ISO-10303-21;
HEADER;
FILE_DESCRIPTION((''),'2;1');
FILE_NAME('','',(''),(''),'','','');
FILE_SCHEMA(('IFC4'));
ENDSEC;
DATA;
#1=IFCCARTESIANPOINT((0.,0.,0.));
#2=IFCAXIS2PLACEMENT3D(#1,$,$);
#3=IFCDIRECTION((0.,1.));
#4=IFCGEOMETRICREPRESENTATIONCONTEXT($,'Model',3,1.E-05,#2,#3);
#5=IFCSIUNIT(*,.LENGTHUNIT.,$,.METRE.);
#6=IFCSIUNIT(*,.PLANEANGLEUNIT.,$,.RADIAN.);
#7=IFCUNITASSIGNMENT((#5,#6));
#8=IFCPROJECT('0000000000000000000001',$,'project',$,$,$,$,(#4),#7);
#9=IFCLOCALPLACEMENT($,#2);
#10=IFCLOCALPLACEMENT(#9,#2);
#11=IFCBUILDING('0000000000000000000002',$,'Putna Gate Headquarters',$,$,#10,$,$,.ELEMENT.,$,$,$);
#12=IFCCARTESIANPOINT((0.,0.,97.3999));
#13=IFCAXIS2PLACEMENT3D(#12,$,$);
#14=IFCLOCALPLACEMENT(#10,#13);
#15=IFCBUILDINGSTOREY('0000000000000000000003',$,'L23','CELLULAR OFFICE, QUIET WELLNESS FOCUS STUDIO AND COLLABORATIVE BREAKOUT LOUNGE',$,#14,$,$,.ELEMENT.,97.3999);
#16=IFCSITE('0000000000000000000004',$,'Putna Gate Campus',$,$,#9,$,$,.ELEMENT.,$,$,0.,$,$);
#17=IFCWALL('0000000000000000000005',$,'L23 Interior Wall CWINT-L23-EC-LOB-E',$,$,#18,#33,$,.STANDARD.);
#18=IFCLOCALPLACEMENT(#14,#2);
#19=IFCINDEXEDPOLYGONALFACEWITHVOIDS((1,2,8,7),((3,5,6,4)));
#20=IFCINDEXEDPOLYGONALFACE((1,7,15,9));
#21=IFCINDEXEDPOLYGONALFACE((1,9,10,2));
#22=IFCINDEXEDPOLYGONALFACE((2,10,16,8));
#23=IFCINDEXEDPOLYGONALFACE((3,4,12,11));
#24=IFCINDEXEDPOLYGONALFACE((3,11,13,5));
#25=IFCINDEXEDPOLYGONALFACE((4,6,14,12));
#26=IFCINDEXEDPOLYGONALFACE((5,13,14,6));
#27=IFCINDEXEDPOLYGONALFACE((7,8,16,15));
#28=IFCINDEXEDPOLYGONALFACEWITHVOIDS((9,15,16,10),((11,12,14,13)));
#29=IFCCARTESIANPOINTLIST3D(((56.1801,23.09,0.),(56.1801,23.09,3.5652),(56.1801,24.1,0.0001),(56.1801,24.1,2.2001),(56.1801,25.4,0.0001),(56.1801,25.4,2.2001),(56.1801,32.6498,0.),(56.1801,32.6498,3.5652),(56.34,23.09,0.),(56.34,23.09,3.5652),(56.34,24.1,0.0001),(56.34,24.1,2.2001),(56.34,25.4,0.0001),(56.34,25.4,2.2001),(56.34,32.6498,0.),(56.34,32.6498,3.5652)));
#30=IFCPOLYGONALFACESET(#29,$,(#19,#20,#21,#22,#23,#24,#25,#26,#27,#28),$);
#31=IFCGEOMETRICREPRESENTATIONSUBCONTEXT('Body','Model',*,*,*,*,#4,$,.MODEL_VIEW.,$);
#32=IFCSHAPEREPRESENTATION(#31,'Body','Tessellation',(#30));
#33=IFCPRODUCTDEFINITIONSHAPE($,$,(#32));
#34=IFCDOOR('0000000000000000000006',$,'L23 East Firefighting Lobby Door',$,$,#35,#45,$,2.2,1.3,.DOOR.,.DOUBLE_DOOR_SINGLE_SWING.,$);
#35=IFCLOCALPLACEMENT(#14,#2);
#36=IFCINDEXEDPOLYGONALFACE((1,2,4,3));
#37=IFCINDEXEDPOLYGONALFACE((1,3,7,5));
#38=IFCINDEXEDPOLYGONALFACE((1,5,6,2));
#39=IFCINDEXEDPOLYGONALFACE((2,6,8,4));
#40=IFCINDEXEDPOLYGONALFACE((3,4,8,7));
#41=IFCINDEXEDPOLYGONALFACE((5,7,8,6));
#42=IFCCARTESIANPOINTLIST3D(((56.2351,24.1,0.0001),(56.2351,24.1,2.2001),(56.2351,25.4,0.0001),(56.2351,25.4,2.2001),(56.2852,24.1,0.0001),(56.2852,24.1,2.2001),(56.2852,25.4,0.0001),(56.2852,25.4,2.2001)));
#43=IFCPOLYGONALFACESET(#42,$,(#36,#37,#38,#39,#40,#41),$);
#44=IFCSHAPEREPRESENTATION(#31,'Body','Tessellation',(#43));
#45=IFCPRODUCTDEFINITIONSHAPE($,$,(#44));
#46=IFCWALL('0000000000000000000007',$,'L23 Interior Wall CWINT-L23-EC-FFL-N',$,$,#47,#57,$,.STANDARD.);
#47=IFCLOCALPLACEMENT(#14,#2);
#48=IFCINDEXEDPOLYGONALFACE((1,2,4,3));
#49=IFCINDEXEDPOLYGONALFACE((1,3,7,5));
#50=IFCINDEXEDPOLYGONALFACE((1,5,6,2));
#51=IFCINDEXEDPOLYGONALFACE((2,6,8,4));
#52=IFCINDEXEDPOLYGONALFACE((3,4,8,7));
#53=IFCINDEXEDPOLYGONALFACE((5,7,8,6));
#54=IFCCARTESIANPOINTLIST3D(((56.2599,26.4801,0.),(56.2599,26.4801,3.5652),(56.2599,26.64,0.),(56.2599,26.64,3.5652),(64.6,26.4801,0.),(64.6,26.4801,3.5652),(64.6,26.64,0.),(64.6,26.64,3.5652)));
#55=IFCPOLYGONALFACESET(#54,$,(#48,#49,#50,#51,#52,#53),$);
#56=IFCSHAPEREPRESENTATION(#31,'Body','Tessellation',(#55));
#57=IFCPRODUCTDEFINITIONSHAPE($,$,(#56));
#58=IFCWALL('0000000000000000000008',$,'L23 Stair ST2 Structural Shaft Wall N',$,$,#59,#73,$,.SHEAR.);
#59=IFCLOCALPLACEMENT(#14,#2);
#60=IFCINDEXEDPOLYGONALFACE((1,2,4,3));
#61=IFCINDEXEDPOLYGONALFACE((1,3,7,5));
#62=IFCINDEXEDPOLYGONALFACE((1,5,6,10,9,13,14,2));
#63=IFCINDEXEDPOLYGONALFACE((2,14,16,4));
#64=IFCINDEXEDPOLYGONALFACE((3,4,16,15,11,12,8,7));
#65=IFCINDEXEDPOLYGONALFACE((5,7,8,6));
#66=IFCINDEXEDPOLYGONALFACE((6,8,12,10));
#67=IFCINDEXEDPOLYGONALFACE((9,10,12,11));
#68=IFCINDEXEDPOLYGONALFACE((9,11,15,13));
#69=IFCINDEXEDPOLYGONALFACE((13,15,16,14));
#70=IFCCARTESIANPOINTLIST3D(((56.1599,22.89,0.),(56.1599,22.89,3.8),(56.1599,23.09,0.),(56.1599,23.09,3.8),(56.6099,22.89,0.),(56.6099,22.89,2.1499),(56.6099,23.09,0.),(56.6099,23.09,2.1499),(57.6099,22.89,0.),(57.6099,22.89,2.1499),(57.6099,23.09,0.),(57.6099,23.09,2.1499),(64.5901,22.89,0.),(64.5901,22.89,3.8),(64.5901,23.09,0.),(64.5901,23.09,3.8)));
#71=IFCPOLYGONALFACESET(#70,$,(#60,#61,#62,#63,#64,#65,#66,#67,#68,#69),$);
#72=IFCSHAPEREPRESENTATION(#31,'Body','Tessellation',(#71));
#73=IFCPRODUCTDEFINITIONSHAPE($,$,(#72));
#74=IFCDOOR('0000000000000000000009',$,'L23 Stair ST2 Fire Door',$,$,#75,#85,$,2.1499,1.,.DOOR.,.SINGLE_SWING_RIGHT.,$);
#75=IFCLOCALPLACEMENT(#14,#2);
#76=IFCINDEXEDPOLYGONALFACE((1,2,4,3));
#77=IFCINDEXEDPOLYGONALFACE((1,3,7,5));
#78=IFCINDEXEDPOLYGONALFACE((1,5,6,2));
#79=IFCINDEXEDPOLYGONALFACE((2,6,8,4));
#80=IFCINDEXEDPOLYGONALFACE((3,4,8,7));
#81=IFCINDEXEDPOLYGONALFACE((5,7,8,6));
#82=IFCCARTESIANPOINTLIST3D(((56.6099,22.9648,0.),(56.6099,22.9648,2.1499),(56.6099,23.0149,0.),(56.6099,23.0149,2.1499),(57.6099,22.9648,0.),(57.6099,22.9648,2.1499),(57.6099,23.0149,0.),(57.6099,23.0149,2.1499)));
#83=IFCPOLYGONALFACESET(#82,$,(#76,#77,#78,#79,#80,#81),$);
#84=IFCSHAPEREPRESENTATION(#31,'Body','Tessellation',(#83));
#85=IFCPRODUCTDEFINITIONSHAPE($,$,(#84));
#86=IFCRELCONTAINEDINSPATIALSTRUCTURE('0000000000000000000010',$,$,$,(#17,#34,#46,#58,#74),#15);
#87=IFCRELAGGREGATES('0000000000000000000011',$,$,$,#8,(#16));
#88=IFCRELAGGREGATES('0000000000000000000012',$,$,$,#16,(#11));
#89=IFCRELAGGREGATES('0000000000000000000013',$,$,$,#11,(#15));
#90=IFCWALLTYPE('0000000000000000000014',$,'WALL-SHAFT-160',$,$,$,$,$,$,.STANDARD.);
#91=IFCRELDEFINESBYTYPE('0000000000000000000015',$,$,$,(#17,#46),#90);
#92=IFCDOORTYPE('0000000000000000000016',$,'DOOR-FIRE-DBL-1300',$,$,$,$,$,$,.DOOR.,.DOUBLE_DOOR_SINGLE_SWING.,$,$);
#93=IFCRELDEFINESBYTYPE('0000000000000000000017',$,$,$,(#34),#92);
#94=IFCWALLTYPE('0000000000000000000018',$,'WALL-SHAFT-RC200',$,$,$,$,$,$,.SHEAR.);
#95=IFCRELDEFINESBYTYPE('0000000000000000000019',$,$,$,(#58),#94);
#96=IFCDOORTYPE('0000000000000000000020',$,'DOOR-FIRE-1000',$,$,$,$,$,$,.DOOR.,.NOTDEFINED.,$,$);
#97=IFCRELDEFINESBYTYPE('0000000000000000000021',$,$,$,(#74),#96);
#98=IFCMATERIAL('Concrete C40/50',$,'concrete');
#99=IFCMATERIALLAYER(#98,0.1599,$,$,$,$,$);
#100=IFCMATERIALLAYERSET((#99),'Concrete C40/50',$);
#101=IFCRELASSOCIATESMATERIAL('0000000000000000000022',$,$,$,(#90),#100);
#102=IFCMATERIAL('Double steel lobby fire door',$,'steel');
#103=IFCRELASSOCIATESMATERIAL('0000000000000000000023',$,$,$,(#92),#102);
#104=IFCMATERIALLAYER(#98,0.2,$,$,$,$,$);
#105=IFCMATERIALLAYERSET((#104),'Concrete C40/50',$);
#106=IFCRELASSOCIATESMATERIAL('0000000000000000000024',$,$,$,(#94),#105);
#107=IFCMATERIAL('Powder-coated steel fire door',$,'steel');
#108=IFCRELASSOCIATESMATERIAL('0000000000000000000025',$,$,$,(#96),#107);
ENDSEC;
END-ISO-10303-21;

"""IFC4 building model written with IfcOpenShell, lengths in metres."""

from ifc_helpers import new_model, si_unit, direction, frame, frame_2d, origin, place, context, subcontext, project, spatial, rectangle, extrude, material, layer, layer_set, type_object, element, fill, save


model = new_model("IFC4")

# Units and contexts
model_context = context("Model", 3, precision=1e-05, world=origin(), true_north=direction((0.0, 1.0)))
body_context = subcontext(model_context, "Body", "Model", "MODEL_VIEW")
ifc_project = project(units=[si_unit("LENGTHUNIT", "METRE"), si_unit("PLANEANGLEUNIT", "RADIAN")], contexts=[model_context])

# Site, building, storey
site_placement = place(None, origin())
site = spatial("IfcSite", under=ifc_project, at=site_placement, Name="Putna Gate Campus", CompositionType="ELEMENT", RefElevation=0.0)
building_placement = place(site_placement, origin())
building = spatial("IfcBuilding", under=site, at=building_placement, Name="Putna Gate Headquarters", CompositionType="ELEMENT")
storey_placement = place(building_placement, frame((0.0, 0.0, 97.3999)))
storey = spatial("IfcBuildingStorey", under=building, at=storey_placement, Name="L23", Description="CELLULAR OFFICE, QUIET WELLNESS FOCUS STUDIO AND COLLABORATIVE BREAKOUT LOUNGE", CompositionType="ELEMENT", Elevation=97.3999)

# Wall, opening, door
ifc_material_1 = material(Name="Concrete C40/50", Category="concrete")
ifc_layer_1 = layer(ifc_material_1, 0.1599)
ifc_layer_set_1 = layer_set([ifc_layer_1], Name="Concrete C40/50")
wall_type_1 = type_object("IfcWallType", Name="WALL-SHAFT-160", PredefinedType="STANDARD", material=ifc_layer_set_1)
wall_1_placement = place(storey_placement, frame((56.26, 23.0901, 0.0), z_axis=(0.0, 0.0, 1.0), x_axis=(0.0, 1.0, 0.0)))
wall_1 = element("IfcWall", 1, at=wall_1_placement, inside=storey, type_object=wall_type_1, Name="L23 Interior Wall CWINT-L23-EC-LOB-E", PredefinedType="STANDARD", context=body_context, shape_type="SweptSolid", body=[
    extrude(rectangle(XDim=9.5598, YDim=0.1599, at=frame_2d((4.7798, 0.0))), origin(), (0.0, 0.0, 1.0), 3.5652),
])
opening_1_placement = place(wall_1_placement, frame((1.01, 0.0, 0.0)))
opening_1 = element("IfcOpeningElement", 2, at=opening_1_placement, cuts=wall_1, PredefinedType="OPENING", context=body_context, shape_type="SweptSolid", body=[
    extrude(rectangle(XDim=1.3, YDim=2.2, at=frame_2d((0.6499, 1.1001))), frame((0.0, 0.0898, 0.0), z_axis=(0.0, -1.0, 0.0), x_axis=(1.0, 0.0, 0.0)), (0.0, 0.0, 1.0), 0.1799),
])
ifc_material_2 = material(Name="Double steel lobby fire door", Category="steel")
door_type_1 = type_object("IfcDoorType", Name="DOOR-FIRE-DBL-1300", OperationType="DOUBLE_DOOR_SINGLE_SWING", PredefinedType="DOOR", material=ifc_material_2)
door_1_placement = place(opening_1_placement, origin())
door_1 = element("IfcDoor", 3, at=door_1_placement, inside=storey, type_object=door_type_1, Name="L23 East Firefighting Lobby Door", OperationType="DOUBLE_DOOR_SINGLE_SWING", OverallHeight=2.2, OverallWidth=1.3, PredefinedType="DOOR", context=body_context, shape_type="SweptSolid", body=[
    extrude(rectangle(XDim=1.3, YDim=2.2, at=frame_2d((0.6499, 1.1001))), frame((0.0, 0.0249, 0.0), z_axis=(0.0, -1.0, 0.0), x_axis=(1.0, 0.0, 0.0)), (0.0, 0.0, 1.0), 0.05),
])
fill(opening_1, door_1)

# Wall
wall_2_placement = place(storey_placement, frame((56.26, 26.5601, 0.0), z_axis=(0.0, 0.0, 1.0), x_axis=(1.0, 0.0, 0.0)))
element("IfcWall", 4, at=wall_2_placement, inside=storey, type_object=wall_type_1, Name="L23 Interior Wall CWINT-L23-EC-FFL-N", PredefinedType="STANDARD", context=body_context, shape_type="SweptSolid", body=[
    extrude(rectangle(XDim=8.3401, YDim=0.1599, at=frame_2d((4.1699, 0.0))), origin(), (0.0, 0.0, 1.0), 3.5652),
])

# Wall, opening, door
ifc_layer_2 = layer(ifc_material_1, 0.2)
ifc_layer_set_2 = layer_set([ifc_layer_2], Name="Concrete C40/50")
wall_type_2 = type_object("IfcWallType", Name="WALL-SHAFT-RC200", PredefinedType="SHEAR", material=ifc_layer_set_2)
wall_3_placement = place(storey_placement, frame((56.1599, 22.99, 0.0), z_axis=(0.0, 0.0, 1.0), x_axis=(1.0, 0.0, 0.0)))
wall_3 = element("IfcWall", 5, at=wall_3_placement, inside=storey, type_object=wall_type_2, Name="L23 Stair ST2 Structural Shaft Wall N", PredefinedType="SHEAR", context=body_context, shape_type="SweptSolid", body=[
    extrude(rectangle(XDim=8.4302, YDim=0.2, at=frame_2d((4.2151, 0.0))), origin(), (0.0, 0.0, 1.0), 3.8),
])
opening_2_placement = place(wall_3_placement, frame((0.45, 0.0, 0.0)))
opening_2 = element("IfcOpeningElement", 6, at=opening_2_placement, cuts=wall_3, PredefinedType="OPENING", context=body_context, shape_type="SweptSolid", body=[
    extrude(rectangle(XDim=1.0, YDim=2.1499, at=frame_2d((0.5, 1.075))), frame((0.0, 0.1099, 0.0), z_axis=(0.0, -1.0, 0.0), x_axis=(1.0, 0.0, 0.0)), (0.0, 0.0, 1.0), 0.22),
])
ifc_material_3 = material(Name="Powder-coated steel fire door", Category="steel")
door_type_2 = type_object("IfcDoorType", Name="DOOR-FIRE-1000", OperationType="NOTDEFINED", PredefinedType="DOOR", material=ifc_material_3)
door_2_placement = place(opening_2_placement, origin())
door_2 = element("IfcDoor", 7, at=door_2_placement, inside=storey, type_object=door_type_2, Name="L23 Stair ST2 Fire Door", OperationType="SINGLE_SWING_RIGHT", OverallHeight=2.1499, OverallWidth=1.0, PredefinedType="DOOR", context=body_context, shape_type="SweptSolid", body=[
    extrude(rectangle(XDim=1.0, YDim=2.1499, at=frame_2d((0.5, 1.075))), frame((0.0, 0.0249, 0.0), z_axis=(0.0, -1.0, 0.0), x_axis=(1.0, 0.0, 0.0)), (0.0, 0.0, 1.0), 0.05),
])
fill(opening_2, door_2)

save(model, "model.ifc")
